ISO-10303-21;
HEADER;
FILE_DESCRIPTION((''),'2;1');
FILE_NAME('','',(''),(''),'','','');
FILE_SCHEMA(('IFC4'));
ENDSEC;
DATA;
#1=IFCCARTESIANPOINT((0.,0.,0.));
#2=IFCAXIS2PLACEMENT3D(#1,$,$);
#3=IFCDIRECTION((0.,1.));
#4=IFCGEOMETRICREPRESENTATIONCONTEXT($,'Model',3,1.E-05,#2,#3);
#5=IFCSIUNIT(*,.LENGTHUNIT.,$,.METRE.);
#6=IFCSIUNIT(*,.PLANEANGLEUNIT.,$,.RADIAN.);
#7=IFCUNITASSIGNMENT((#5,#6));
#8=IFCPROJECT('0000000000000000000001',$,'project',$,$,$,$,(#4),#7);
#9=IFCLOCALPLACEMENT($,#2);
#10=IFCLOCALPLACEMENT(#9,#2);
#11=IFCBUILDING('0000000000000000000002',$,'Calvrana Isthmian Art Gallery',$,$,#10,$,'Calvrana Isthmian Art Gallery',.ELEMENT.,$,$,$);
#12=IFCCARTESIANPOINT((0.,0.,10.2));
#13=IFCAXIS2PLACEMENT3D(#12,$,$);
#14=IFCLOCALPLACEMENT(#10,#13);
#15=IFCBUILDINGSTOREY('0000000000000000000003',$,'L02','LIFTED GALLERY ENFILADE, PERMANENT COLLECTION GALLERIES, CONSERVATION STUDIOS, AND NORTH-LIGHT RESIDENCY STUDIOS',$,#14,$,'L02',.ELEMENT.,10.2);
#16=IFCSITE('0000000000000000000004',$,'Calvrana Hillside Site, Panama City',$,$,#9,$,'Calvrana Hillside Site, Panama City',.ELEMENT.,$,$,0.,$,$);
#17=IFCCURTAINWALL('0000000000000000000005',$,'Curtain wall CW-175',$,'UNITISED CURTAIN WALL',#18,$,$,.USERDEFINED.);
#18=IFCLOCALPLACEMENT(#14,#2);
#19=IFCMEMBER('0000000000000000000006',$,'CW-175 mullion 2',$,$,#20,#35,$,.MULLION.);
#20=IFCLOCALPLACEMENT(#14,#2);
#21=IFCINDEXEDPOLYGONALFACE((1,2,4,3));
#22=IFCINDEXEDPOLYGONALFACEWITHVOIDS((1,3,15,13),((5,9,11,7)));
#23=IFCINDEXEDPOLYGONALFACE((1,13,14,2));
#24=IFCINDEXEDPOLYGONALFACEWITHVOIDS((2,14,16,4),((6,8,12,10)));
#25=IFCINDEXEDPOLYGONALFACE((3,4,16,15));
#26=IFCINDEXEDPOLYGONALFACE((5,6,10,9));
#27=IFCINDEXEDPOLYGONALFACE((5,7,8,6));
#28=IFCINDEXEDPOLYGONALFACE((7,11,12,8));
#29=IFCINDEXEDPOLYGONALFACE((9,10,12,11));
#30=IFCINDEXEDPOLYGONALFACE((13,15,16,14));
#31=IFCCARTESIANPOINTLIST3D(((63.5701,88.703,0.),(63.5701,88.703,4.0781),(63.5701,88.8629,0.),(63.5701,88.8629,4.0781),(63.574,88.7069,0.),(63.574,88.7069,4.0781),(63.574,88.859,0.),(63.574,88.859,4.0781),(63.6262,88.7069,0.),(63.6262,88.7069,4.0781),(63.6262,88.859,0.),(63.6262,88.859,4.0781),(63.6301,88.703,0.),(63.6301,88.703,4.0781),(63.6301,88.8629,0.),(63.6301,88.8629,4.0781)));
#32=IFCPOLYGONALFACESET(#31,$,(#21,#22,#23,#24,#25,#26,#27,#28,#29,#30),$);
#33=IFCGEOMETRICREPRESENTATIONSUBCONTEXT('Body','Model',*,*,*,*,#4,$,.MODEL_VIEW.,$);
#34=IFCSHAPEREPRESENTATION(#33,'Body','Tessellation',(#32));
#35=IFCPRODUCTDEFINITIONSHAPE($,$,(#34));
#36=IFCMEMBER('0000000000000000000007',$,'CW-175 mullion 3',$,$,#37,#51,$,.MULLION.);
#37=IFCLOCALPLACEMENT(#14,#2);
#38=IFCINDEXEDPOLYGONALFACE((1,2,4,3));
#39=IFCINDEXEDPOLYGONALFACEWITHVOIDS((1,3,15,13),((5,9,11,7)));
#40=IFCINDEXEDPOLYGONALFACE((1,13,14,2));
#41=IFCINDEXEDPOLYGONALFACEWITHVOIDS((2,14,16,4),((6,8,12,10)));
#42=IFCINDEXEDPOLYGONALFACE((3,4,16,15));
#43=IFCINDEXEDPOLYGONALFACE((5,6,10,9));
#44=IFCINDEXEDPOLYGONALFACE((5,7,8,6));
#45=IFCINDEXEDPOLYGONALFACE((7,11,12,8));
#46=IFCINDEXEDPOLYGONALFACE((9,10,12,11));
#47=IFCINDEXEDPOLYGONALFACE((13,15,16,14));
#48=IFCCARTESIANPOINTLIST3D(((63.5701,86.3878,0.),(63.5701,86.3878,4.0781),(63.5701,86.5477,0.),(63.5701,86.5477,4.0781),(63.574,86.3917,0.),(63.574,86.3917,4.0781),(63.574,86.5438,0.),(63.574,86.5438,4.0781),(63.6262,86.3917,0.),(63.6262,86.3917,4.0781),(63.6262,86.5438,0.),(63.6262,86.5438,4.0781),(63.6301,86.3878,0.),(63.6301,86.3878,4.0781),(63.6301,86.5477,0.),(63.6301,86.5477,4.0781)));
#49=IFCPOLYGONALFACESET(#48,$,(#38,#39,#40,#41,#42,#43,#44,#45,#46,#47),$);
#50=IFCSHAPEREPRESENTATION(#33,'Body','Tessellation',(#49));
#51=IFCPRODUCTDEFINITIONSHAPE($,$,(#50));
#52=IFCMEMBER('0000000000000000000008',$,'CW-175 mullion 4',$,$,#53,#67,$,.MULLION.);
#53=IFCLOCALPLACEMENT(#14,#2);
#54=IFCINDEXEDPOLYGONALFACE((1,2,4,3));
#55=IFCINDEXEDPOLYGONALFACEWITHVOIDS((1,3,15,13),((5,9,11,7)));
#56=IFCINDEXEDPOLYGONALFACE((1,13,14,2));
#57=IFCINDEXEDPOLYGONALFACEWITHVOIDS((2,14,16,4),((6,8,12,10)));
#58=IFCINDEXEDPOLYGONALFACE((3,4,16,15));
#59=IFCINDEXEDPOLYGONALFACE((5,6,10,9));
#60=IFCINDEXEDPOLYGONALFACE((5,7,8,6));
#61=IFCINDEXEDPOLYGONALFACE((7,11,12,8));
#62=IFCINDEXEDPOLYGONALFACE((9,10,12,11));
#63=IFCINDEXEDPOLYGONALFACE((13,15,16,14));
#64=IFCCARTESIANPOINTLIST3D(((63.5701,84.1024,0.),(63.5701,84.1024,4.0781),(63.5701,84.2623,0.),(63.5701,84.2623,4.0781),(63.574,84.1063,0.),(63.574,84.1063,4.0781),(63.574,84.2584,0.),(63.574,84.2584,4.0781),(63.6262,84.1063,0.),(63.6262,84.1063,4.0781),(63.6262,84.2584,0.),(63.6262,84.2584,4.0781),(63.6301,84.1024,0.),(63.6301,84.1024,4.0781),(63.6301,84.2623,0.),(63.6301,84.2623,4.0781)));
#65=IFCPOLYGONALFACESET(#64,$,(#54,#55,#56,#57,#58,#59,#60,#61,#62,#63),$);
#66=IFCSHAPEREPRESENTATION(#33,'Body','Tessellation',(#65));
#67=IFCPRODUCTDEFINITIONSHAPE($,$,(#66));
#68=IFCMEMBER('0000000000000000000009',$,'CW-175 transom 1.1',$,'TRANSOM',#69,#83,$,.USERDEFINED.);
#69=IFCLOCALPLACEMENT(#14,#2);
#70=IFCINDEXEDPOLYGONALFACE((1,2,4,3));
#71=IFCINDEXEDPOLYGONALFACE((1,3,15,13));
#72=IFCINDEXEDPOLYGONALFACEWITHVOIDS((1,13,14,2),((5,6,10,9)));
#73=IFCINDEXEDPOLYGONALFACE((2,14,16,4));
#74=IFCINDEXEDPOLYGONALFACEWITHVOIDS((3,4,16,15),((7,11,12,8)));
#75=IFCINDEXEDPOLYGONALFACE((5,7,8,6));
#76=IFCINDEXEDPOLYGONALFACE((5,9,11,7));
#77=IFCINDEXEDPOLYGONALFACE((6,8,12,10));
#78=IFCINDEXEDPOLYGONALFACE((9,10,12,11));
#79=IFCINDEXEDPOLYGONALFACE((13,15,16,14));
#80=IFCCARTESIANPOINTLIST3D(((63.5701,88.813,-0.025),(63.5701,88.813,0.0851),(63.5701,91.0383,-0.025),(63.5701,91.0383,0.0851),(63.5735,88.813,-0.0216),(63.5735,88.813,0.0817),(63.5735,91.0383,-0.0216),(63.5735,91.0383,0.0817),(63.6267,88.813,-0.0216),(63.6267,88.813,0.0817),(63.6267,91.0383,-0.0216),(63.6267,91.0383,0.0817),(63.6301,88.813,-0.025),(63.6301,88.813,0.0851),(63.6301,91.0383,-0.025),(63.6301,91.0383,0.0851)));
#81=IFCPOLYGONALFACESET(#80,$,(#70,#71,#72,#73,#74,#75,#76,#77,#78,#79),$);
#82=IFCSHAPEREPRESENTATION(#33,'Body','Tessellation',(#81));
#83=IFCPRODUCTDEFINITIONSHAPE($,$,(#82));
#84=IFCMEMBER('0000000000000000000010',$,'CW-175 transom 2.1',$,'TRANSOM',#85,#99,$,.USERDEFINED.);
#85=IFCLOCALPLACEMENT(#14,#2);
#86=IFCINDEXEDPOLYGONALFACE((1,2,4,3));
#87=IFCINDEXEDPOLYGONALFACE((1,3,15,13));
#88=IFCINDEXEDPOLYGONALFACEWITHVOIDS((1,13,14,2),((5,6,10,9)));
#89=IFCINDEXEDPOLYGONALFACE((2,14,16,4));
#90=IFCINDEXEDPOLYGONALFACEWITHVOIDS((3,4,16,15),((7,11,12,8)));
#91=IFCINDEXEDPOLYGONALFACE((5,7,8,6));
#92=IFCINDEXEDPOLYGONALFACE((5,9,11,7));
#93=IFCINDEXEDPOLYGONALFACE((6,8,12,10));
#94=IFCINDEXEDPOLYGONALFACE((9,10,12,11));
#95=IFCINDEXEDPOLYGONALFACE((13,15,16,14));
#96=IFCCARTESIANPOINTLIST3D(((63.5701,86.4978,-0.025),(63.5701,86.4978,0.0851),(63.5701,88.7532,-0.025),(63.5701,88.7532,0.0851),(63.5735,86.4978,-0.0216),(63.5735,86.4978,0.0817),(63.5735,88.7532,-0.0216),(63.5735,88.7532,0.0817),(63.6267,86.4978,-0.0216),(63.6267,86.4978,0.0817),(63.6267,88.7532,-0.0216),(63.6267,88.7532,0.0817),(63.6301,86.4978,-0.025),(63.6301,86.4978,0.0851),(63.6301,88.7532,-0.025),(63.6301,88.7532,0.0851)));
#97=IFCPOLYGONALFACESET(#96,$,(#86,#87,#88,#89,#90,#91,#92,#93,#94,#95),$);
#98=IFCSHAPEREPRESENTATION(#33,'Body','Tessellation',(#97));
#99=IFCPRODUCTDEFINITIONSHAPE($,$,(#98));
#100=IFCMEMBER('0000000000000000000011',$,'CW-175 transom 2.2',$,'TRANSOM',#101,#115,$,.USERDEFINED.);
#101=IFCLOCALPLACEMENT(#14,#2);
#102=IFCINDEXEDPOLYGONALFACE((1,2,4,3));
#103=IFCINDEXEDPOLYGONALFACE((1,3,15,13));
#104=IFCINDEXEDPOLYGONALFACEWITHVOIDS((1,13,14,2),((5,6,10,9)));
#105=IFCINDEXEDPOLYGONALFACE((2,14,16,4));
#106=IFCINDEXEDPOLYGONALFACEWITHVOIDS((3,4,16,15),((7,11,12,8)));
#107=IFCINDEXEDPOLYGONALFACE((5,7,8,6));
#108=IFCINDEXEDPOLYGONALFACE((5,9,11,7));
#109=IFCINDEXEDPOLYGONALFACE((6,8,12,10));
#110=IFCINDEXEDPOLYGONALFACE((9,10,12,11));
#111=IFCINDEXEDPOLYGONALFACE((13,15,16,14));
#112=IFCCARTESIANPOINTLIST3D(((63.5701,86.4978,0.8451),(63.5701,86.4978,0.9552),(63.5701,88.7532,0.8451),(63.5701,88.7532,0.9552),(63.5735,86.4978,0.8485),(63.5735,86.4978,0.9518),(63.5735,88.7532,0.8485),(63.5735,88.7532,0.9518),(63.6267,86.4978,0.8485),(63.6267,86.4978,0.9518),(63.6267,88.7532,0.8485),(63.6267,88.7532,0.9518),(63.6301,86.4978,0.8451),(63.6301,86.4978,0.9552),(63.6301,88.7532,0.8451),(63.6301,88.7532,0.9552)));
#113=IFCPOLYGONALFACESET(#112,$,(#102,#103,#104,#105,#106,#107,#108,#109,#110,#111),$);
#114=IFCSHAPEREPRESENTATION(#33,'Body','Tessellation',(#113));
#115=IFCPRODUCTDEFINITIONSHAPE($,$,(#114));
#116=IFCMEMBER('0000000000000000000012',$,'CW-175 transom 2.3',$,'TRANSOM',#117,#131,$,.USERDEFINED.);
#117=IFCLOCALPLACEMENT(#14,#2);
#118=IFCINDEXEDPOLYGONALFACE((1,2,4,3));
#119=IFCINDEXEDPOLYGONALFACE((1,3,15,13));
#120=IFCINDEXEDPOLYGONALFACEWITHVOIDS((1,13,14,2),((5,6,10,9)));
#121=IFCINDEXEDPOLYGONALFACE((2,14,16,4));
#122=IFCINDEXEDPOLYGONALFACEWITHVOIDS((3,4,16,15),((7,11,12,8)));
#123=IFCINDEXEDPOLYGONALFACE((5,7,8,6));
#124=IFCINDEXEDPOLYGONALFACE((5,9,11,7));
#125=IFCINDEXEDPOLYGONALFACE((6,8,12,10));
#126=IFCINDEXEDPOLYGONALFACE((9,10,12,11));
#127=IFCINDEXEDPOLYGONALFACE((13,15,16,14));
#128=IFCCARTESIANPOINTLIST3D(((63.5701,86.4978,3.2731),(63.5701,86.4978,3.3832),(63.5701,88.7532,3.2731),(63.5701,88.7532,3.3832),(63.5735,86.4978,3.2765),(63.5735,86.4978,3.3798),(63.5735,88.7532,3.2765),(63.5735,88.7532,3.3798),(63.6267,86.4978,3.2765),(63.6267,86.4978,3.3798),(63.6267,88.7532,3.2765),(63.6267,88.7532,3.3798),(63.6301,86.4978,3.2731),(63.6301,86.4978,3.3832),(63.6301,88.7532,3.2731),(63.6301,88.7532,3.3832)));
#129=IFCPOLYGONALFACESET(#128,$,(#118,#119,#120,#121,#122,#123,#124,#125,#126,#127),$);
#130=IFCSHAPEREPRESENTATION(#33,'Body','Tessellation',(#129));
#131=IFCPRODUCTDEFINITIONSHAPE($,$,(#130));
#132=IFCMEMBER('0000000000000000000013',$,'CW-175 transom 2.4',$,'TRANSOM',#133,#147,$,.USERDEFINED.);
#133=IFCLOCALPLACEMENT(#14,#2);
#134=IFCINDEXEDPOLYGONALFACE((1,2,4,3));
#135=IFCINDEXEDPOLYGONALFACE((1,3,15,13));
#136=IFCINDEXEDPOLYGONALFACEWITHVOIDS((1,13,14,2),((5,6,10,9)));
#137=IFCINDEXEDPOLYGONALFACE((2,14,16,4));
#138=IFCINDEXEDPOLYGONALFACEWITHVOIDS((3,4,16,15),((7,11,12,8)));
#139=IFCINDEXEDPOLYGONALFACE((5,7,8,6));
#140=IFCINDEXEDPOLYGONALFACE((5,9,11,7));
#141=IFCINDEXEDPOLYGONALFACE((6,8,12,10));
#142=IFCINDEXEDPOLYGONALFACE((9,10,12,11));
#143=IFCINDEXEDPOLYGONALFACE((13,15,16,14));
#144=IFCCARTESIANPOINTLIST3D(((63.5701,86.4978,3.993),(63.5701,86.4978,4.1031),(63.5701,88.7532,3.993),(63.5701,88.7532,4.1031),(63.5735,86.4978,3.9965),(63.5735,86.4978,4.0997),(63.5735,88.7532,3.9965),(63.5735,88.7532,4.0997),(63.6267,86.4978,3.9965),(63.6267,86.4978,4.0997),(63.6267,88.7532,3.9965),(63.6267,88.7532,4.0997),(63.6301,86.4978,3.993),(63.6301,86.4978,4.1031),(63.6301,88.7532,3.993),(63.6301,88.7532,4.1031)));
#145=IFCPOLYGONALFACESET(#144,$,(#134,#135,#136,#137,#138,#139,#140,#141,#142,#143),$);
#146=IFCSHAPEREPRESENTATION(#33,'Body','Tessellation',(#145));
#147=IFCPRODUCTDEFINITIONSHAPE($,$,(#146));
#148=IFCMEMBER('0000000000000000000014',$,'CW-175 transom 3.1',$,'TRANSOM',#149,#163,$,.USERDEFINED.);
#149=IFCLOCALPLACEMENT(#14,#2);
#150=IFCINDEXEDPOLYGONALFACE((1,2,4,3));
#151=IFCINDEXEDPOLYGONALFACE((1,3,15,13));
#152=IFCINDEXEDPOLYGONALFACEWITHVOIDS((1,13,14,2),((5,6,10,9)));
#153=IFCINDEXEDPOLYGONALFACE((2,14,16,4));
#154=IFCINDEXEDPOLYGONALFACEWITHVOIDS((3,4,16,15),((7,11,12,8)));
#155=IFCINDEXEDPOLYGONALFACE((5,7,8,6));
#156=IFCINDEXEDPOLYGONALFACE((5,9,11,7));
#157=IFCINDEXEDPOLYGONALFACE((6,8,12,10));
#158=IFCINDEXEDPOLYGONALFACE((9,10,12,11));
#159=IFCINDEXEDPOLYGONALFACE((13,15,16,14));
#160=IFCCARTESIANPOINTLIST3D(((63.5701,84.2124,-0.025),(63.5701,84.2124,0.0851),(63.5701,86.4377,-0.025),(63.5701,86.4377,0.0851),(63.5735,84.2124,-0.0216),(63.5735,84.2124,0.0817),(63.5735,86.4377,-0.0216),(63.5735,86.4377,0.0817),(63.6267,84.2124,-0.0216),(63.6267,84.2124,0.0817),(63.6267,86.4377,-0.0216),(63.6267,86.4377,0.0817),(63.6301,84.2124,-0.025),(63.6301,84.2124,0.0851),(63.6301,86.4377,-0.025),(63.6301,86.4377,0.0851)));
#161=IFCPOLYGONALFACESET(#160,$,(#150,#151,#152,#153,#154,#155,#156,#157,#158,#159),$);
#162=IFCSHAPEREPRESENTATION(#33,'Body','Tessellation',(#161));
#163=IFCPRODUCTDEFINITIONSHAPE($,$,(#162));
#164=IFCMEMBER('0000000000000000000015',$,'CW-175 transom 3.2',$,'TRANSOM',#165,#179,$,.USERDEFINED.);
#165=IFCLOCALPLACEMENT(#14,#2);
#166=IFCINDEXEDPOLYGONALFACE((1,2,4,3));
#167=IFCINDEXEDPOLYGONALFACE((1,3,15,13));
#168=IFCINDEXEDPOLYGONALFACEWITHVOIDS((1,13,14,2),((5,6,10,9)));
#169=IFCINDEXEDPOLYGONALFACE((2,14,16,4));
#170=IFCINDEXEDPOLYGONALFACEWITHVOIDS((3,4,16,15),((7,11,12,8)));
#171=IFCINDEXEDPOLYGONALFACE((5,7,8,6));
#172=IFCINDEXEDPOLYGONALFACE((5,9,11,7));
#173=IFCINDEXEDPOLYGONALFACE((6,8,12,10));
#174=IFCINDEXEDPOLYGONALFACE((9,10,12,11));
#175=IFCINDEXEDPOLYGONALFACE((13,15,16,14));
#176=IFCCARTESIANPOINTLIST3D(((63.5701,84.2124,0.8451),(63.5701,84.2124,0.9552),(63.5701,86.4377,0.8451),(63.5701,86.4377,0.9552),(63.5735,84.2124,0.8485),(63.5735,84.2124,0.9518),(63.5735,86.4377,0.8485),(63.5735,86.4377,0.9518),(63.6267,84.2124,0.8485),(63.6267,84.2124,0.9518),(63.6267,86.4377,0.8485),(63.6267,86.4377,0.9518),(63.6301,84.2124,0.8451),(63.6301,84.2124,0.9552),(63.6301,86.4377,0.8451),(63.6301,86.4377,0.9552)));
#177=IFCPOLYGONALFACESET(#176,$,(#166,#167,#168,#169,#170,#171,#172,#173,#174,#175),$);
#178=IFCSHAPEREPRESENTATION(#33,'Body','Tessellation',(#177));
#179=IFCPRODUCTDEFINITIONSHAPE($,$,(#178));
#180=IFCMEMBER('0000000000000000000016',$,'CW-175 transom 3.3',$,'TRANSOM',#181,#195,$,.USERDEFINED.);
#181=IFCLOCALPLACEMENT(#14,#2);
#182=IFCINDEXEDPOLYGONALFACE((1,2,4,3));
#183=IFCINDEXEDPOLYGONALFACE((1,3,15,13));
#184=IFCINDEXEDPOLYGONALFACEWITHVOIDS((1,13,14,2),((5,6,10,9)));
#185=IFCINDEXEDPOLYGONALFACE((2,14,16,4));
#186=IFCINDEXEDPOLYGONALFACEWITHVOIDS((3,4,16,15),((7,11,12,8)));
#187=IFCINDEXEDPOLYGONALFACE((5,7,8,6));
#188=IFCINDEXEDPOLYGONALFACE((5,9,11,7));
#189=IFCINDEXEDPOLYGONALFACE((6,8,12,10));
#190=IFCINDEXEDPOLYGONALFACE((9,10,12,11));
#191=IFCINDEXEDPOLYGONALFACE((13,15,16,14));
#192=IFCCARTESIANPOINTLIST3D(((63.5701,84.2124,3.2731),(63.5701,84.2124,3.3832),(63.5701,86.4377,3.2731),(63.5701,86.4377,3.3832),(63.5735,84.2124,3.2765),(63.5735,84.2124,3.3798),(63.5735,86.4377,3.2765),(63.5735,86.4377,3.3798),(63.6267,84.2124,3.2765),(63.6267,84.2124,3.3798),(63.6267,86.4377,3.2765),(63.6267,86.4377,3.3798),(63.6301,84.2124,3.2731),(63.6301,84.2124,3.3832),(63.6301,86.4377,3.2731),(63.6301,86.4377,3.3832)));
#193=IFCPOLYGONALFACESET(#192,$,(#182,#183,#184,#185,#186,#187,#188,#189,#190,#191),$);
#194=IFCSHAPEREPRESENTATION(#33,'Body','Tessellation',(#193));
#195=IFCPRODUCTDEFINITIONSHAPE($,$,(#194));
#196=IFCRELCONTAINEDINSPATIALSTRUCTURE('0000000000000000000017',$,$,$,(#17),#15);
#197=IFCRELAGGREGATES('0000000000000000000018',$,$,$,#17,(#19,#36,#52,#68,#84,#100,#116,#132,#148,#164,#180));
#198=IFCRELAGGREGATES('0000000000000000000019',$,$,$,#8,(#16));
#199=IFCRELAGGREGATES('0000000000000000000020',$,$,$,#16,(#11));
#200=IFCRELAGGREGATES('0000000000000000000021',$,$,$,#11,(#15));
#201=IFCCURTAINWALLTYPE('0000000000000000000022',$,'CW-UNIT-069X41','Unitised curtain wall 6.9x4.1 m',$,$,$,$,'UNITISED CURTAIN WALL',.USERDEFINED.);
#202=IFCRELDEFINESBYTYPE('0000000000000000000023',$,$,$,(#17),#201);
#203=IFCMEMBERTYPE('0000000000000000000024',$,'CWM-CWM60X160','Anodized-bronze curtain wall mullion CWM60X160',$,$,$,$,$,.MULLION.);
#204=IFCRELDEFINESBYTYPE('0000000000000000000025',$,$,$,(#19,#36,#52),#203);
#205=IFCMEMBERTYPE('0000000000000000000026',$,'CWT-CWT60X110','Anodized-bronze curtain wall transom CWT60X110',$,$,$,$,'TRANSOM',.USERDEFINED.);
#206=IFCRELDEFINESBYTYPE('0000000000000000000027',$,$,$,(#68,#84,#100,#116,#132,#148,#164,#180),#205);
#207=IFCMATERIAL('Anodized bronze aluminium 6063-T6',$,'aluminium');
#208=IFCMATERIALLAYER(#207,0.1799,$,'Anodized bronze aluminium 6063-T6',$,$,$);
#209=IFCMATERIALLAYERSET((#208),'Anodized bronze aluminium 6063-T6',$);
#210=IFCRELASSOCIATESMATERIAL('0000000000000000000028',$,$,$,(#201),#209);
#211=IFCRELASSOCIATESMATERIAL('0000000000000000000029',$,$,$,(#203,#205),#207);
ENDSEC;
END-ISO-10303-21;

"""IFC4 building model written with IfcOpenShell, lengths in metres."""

from ifc_helpers import new_model, si_unit, direction, frame, origin, origin_2d, place, context, subcontext, project, spatial, hollow_rectangle, extrude, material, layer, layer_set, material_profile, profile_set, type_object, element, aggregate, save


model = new_model("IFC4")

# Units and contexts
model_context = context("Model", 3, precision=1e-05, world=origin(), true_north=direction((0.0, 1.0)))
body_context = subcontext(model_context, "Body", "Model", "MODEL_VIEW")
ifc_project = project(units=[si_unit("LENGTHUNIT", "METRE"), si_unit("PLANEANGLEUNIT", "RADIAN")], contexts=[model_context])

# Site, building, storey
site_placement = place(None, origin())
site = spatial("IfcSite", under=ifc_project, at=site_placement, Name="Calvrana Hillside Site, Panama City", LongName="Calvrana Hillside Site, Panama City", CompositionType="ELEMENT", RefElevation=0.0)
building_placement = place(site_placement, origin())
building = spatial("IfcBuilding", under=site, at=building_placement, Name="Calvrana Isthmian Art Gallery", LongName="Calvrana Isthmian Art Gallery", CompositionType="ELEMENT")
storey_placement = place(building_placement, frame((0.0, 0.0, 10.2)))
storey = spatial("IfcBuildingStorey", under=building, at=storey_placement, Name="L02", Description="LIFTED GALLERY ENFILADE, PERMANENT COLLECTION GALLERIES, CONSERVATION STUDIOS, AND NORTH-LIGHT RESIDENCY STUDIOS", LongName="L02", CompositionType="ELEMENT", Elevation=10.2)

# Curtain wall, members
ifc_material_1 = material(Name="Anodized bronze aluminium 6063-T6", Category="aluminium")
ifc_layer_1 = layer(ifc_material_1, 0.1799, Name="Anodized bronze aluminium 6063-T6")
ifc_layer_set_1 = layer_set([ifc_layer_1], Name="Anodized bronze aluminium 6063-T6")
curtain_wall_type = type_object("IfcCurtainWallType", Name="CW-UNIT-069X41", Description="Unitised curtain wall 6.9x4.1 m", ElementType="UNITISED CURTAIN WALL", PredefinedType="USERDEFINED", material=ifc_layer_set_1)
curtain_wall_placement = place(storey_placement, origin())
curtain_wall = element("IfcCurtainWall", 1, at=curtain_wall_placement, inside=storey, type_object=curtain_wall_type, Name="Curtain wall CW-175", ObjectType="UNITISED CURTAIN WALL", PredefinedType="USERDEFINED")
ifc_material_profile_1 = material_profile(ifc_material_1, hollow_rectangle(XDim=0.0601, YDim=0.1599, WallThickness=0.0039, at=origin_2d()), Name="CWM60X160")
ifc_profile_set_1 = profile_set([ifc_material_profile_1], Name="Anodized bronze aluminium 6063-T6")
member_type_1 = type_object("IfcMemberType", Name="CWM-CWM60X160", Description="Anodized-bronze curtain wall mullion CWM60X160", PredefinedType="MULLION", material=ifc_profile_set_1)
member_1_placement = place(storey_placement, frame((63.6001, 88.783, 0.0), z_axis=(0.0, 0.0, 1.0), x_axis=(1.0, 0.0, 0.0)))
member_1 = element("IfcMember", 2, at=member_1_placement, type_object=member_type_1, Name="CW-175 mullion 2", PredefinedType="MULLION", context=body_context, shape_type="SweptSolid", body=[
    extrude(hollow_rectangle(XDim=0.0601, YDim=0.1599, WallThickness=0.0039, at=origin_2d()), origin(), (0.0, 0.0, 1.0), 4.0781),
])
member_2_placement = place(storey_placement, frame((63.6001, 86.4678, 0.0), z_axis=(0.0, 0.0, 1.0), x_axis=(1.0, 0.0, 0.0)))
member_2 = element("IfcMember", 3, at=member_2_placement, type_object=member_type_1, Name="CW-175 mullion 3", PredefinedType="MULLION", context=body_context, shape_type="SweptSolid", body=[
    extrude(hollow_rectangle(XDim=0.0601, YDim=0.1599, WallThickness=0.0039, at=origin_2d()), origin(), (0.0, 0.0, 1.0), 4.0781),
])
member_3_placement = place(storey_placement, frame((63.6001, 84.1824, 0.0), z_axis=(0.0, 0.0, 1.0), x_axis=(1.0, 0.0, 0.0)))
member_3 = element("IfcMember", 4, at=member_3_placement, type_object=member_type_1, Name="CW-175 mullion 4", PredefinedType="MULLION", context=body_context, shape_type="SweptSolid", body=[
    extrude(hollow_rectangle(XDim=0.0601, YDim=0.1599, WallThickness=0.0039, at=origin_2d()), origin(), (0.0, 0.0, 1.0), 4.0781),
])
ifc_material_profile_2 = material_profile(ifc_material_1, hollow_rectangle(XDim=0.0601, YDim=0.1101, WallThickness=0.0034, at=origin_2d()), Name="CWT60X110")
ifc_profile_set_2 = profile_set([ifc_material_profile_2], Name="Anodized bronze aluminium 6063-T6")
member_type_2 = type_object("IfcMemberType", Name="CWT-CWT60X110", Description="Anodized-bronze curtain wall transom CWT60X110", ElementType="TRANSOM", PredefinedType="USERDEFINED", material=ifc_profile_set_2)
member_4_placement = place(storey_placement, frame((63.6001, 91.0383, 0.03), z_axis=(0.0, -1.0, 0.0), x_axis=(1.0, 0.0, 0.0)))
member_4 = element("IfcMember", 5, at=member_4_placement, type_object=member_type_2, Name="CW-175 transom 1.1", ObjectType="TRANSOM", PredefinedType="USERDEFINED", context=body_context, shape_type="SweptSolid", body=[
    extrude(hollow_rectangle(XDim=0.0601, YDim=0.1101, WallThickness=0.0034, at=origin_2d()), origin(), (0.0, 0.0, 1.0), 2.2253),
])
member_5_placement = place(storey_placement, frame((63.6001, 88.7532, 0.03), z_axis=(0.0, -1.0, 0.0), x_axis=(1.0, 0.0, 0.0)))
member_5 = element("IfcMember", 6, at=member_5_placement, type_object=member_type_2, Name="CW-175 transom 2.1", ObjectType="TRANSOM", PredefinedType="USERDEFINED", context=body_context, shape_type="SweptSolid", body=[
    extrude(hollow_rectangle(XDim=0.0601, YDim=0.1101, WallThickness=0.0034, at=origin_2d()), origin(), (0.0, 0.0, 1.0), 2.2554),
])
member_6_placement = place(storey_placement, frame((63.6001, 88.7532, 0.9001), z_axis=(0.0, -1.0, 0.0), x_axis=(1.0, 0.0, 0.0)))
member_6 = element("IfcMember", 7, at=member_6_placement, type_object=member_type_2, Name="CW-175 transom 2.2", ObjectType="TRANSOM", PredefinedType="USERDEFINED", context=body_context, shape_type="SweptSolid", body=[
    extrude(hollow_rectangle(XDim=0.0601, YDim=0.1101, WallThickness=0.0034, at=origin_2d()), origin(), (0.0, 0.0, 1.0), 2.2554),
])
member_7_placement = place(storey_placement, frame((63.6001, 88.7532, 3.3281), z_axis=(0.0, -1.0, 0.0), x_axis=(1.0, 0.0, 0.0)))
member_7 = element("IfcMember", 8, at=member_7_placement, type_object=member_type_2, Name="CW-175 transom 2.3", ObjectType="TRANSOM", PredefinedType="USERDEFINED", context=body_context, shape_type="SweptSolid", body=[
    extrude(hollow_rectangle(XDim=0.0601, YDim=0.1101, WallThickness=0.0034, at=origin_2d()), origin(), (0.0, 0.0, 1.0), 2.2554),
])
member_8_placement = place(storey_placement, frame((63.6001, 88.7532, 4.0481), z_axis=(0.0, -1.0, 0.0), x_axis=(1.0, 0.0, 0.0)))
member_8 = element("IfcMember", 9, at=member_8_placement, type_object=member_type_2, Name="CW-175 transom 2.4", ObjectType="TRANSOM", PredefinedType="USERDEFINED", context=body_context, shape_type="SweptSolid", body=[
    extrude(hollow_rectangle(XDim=0.0601, YDim=0.1101, WallThickness=0.0034, at=origin_2d()), origin(), (0.0, 0.0, 1.0), 2.2554),
])
member_9_placement = place(storey_placement, frame((63.6001, 86.4377, 0.03), z_axis=(0.0, -1.0, 0.0), x_axis=(1.0, 0.0, 0.0)))
member_9 = element("IfcMember", 10, at=member_9_placement, type_object=member_type_2, Name="CW-175 transom 3.1", ObjectType="TRANSOM", PredefinedType="USERDEFINED", context=body_context, shape_type="SweptSolid", body=[
    extrude(hollow_rectangle(XDim=0.0601, YDim=0.1101, WallThickness=0.0034, at=origin_2d()), origin(), (0.0, 0.0, 1.0), 2.2253),
])
member_10_placement = place(storey_placement, frame((63.6001, 86.4377, 0.9001), z_axis=(0.0, -1.0, 0.0), x_axis=(1.0, 0.0, 0.0)))
member_10 = element("IfcMember", 11, at=member_10_placement, type_object=member_type_2, Name="CW-175 transom 3.2", ObjectType="TRANSOM", PredefinedType="USERDEFINED", context=body_context, shape_type="SweptSolid", body=[
    extrude(hollow_rectangle(XDim=0.0601, YDim=0.1101, WallThickness=0.0034, at=origin_2d()), origin(), (0.0, 0.0, 1.0), 2.2253),
])
member_11_placement = place(storey_placement, frame((63.6001, 86.4377, 3.3281), z_axis=(0.0, -1.0, 0.0), x_axis=(1.0, 0.0, 0.0)))
member_11 = element("IfcMember", 12, at=member_11_placement, type_object=member_type_2, Name="CW-175 transom 3.3", ObjectType="TRANSOM", PredefinedType="USERDEFINED", context=body_context, shape_type="SweptSolid", body=[
    extrude(hollow_rectangle(XDim=0.0601, YDim=0.1101, WallThickness=0.0034, at=origin_2d()), origin(), (0.0, 0.0, 1.0), 2.2253),
])
aggregate(curtain_wall, [member_1, member_2, member_3, member_4, member_5, member_6, member_7, member_8, member_9, member_10, member_11])

save(model, "model.ifc")
